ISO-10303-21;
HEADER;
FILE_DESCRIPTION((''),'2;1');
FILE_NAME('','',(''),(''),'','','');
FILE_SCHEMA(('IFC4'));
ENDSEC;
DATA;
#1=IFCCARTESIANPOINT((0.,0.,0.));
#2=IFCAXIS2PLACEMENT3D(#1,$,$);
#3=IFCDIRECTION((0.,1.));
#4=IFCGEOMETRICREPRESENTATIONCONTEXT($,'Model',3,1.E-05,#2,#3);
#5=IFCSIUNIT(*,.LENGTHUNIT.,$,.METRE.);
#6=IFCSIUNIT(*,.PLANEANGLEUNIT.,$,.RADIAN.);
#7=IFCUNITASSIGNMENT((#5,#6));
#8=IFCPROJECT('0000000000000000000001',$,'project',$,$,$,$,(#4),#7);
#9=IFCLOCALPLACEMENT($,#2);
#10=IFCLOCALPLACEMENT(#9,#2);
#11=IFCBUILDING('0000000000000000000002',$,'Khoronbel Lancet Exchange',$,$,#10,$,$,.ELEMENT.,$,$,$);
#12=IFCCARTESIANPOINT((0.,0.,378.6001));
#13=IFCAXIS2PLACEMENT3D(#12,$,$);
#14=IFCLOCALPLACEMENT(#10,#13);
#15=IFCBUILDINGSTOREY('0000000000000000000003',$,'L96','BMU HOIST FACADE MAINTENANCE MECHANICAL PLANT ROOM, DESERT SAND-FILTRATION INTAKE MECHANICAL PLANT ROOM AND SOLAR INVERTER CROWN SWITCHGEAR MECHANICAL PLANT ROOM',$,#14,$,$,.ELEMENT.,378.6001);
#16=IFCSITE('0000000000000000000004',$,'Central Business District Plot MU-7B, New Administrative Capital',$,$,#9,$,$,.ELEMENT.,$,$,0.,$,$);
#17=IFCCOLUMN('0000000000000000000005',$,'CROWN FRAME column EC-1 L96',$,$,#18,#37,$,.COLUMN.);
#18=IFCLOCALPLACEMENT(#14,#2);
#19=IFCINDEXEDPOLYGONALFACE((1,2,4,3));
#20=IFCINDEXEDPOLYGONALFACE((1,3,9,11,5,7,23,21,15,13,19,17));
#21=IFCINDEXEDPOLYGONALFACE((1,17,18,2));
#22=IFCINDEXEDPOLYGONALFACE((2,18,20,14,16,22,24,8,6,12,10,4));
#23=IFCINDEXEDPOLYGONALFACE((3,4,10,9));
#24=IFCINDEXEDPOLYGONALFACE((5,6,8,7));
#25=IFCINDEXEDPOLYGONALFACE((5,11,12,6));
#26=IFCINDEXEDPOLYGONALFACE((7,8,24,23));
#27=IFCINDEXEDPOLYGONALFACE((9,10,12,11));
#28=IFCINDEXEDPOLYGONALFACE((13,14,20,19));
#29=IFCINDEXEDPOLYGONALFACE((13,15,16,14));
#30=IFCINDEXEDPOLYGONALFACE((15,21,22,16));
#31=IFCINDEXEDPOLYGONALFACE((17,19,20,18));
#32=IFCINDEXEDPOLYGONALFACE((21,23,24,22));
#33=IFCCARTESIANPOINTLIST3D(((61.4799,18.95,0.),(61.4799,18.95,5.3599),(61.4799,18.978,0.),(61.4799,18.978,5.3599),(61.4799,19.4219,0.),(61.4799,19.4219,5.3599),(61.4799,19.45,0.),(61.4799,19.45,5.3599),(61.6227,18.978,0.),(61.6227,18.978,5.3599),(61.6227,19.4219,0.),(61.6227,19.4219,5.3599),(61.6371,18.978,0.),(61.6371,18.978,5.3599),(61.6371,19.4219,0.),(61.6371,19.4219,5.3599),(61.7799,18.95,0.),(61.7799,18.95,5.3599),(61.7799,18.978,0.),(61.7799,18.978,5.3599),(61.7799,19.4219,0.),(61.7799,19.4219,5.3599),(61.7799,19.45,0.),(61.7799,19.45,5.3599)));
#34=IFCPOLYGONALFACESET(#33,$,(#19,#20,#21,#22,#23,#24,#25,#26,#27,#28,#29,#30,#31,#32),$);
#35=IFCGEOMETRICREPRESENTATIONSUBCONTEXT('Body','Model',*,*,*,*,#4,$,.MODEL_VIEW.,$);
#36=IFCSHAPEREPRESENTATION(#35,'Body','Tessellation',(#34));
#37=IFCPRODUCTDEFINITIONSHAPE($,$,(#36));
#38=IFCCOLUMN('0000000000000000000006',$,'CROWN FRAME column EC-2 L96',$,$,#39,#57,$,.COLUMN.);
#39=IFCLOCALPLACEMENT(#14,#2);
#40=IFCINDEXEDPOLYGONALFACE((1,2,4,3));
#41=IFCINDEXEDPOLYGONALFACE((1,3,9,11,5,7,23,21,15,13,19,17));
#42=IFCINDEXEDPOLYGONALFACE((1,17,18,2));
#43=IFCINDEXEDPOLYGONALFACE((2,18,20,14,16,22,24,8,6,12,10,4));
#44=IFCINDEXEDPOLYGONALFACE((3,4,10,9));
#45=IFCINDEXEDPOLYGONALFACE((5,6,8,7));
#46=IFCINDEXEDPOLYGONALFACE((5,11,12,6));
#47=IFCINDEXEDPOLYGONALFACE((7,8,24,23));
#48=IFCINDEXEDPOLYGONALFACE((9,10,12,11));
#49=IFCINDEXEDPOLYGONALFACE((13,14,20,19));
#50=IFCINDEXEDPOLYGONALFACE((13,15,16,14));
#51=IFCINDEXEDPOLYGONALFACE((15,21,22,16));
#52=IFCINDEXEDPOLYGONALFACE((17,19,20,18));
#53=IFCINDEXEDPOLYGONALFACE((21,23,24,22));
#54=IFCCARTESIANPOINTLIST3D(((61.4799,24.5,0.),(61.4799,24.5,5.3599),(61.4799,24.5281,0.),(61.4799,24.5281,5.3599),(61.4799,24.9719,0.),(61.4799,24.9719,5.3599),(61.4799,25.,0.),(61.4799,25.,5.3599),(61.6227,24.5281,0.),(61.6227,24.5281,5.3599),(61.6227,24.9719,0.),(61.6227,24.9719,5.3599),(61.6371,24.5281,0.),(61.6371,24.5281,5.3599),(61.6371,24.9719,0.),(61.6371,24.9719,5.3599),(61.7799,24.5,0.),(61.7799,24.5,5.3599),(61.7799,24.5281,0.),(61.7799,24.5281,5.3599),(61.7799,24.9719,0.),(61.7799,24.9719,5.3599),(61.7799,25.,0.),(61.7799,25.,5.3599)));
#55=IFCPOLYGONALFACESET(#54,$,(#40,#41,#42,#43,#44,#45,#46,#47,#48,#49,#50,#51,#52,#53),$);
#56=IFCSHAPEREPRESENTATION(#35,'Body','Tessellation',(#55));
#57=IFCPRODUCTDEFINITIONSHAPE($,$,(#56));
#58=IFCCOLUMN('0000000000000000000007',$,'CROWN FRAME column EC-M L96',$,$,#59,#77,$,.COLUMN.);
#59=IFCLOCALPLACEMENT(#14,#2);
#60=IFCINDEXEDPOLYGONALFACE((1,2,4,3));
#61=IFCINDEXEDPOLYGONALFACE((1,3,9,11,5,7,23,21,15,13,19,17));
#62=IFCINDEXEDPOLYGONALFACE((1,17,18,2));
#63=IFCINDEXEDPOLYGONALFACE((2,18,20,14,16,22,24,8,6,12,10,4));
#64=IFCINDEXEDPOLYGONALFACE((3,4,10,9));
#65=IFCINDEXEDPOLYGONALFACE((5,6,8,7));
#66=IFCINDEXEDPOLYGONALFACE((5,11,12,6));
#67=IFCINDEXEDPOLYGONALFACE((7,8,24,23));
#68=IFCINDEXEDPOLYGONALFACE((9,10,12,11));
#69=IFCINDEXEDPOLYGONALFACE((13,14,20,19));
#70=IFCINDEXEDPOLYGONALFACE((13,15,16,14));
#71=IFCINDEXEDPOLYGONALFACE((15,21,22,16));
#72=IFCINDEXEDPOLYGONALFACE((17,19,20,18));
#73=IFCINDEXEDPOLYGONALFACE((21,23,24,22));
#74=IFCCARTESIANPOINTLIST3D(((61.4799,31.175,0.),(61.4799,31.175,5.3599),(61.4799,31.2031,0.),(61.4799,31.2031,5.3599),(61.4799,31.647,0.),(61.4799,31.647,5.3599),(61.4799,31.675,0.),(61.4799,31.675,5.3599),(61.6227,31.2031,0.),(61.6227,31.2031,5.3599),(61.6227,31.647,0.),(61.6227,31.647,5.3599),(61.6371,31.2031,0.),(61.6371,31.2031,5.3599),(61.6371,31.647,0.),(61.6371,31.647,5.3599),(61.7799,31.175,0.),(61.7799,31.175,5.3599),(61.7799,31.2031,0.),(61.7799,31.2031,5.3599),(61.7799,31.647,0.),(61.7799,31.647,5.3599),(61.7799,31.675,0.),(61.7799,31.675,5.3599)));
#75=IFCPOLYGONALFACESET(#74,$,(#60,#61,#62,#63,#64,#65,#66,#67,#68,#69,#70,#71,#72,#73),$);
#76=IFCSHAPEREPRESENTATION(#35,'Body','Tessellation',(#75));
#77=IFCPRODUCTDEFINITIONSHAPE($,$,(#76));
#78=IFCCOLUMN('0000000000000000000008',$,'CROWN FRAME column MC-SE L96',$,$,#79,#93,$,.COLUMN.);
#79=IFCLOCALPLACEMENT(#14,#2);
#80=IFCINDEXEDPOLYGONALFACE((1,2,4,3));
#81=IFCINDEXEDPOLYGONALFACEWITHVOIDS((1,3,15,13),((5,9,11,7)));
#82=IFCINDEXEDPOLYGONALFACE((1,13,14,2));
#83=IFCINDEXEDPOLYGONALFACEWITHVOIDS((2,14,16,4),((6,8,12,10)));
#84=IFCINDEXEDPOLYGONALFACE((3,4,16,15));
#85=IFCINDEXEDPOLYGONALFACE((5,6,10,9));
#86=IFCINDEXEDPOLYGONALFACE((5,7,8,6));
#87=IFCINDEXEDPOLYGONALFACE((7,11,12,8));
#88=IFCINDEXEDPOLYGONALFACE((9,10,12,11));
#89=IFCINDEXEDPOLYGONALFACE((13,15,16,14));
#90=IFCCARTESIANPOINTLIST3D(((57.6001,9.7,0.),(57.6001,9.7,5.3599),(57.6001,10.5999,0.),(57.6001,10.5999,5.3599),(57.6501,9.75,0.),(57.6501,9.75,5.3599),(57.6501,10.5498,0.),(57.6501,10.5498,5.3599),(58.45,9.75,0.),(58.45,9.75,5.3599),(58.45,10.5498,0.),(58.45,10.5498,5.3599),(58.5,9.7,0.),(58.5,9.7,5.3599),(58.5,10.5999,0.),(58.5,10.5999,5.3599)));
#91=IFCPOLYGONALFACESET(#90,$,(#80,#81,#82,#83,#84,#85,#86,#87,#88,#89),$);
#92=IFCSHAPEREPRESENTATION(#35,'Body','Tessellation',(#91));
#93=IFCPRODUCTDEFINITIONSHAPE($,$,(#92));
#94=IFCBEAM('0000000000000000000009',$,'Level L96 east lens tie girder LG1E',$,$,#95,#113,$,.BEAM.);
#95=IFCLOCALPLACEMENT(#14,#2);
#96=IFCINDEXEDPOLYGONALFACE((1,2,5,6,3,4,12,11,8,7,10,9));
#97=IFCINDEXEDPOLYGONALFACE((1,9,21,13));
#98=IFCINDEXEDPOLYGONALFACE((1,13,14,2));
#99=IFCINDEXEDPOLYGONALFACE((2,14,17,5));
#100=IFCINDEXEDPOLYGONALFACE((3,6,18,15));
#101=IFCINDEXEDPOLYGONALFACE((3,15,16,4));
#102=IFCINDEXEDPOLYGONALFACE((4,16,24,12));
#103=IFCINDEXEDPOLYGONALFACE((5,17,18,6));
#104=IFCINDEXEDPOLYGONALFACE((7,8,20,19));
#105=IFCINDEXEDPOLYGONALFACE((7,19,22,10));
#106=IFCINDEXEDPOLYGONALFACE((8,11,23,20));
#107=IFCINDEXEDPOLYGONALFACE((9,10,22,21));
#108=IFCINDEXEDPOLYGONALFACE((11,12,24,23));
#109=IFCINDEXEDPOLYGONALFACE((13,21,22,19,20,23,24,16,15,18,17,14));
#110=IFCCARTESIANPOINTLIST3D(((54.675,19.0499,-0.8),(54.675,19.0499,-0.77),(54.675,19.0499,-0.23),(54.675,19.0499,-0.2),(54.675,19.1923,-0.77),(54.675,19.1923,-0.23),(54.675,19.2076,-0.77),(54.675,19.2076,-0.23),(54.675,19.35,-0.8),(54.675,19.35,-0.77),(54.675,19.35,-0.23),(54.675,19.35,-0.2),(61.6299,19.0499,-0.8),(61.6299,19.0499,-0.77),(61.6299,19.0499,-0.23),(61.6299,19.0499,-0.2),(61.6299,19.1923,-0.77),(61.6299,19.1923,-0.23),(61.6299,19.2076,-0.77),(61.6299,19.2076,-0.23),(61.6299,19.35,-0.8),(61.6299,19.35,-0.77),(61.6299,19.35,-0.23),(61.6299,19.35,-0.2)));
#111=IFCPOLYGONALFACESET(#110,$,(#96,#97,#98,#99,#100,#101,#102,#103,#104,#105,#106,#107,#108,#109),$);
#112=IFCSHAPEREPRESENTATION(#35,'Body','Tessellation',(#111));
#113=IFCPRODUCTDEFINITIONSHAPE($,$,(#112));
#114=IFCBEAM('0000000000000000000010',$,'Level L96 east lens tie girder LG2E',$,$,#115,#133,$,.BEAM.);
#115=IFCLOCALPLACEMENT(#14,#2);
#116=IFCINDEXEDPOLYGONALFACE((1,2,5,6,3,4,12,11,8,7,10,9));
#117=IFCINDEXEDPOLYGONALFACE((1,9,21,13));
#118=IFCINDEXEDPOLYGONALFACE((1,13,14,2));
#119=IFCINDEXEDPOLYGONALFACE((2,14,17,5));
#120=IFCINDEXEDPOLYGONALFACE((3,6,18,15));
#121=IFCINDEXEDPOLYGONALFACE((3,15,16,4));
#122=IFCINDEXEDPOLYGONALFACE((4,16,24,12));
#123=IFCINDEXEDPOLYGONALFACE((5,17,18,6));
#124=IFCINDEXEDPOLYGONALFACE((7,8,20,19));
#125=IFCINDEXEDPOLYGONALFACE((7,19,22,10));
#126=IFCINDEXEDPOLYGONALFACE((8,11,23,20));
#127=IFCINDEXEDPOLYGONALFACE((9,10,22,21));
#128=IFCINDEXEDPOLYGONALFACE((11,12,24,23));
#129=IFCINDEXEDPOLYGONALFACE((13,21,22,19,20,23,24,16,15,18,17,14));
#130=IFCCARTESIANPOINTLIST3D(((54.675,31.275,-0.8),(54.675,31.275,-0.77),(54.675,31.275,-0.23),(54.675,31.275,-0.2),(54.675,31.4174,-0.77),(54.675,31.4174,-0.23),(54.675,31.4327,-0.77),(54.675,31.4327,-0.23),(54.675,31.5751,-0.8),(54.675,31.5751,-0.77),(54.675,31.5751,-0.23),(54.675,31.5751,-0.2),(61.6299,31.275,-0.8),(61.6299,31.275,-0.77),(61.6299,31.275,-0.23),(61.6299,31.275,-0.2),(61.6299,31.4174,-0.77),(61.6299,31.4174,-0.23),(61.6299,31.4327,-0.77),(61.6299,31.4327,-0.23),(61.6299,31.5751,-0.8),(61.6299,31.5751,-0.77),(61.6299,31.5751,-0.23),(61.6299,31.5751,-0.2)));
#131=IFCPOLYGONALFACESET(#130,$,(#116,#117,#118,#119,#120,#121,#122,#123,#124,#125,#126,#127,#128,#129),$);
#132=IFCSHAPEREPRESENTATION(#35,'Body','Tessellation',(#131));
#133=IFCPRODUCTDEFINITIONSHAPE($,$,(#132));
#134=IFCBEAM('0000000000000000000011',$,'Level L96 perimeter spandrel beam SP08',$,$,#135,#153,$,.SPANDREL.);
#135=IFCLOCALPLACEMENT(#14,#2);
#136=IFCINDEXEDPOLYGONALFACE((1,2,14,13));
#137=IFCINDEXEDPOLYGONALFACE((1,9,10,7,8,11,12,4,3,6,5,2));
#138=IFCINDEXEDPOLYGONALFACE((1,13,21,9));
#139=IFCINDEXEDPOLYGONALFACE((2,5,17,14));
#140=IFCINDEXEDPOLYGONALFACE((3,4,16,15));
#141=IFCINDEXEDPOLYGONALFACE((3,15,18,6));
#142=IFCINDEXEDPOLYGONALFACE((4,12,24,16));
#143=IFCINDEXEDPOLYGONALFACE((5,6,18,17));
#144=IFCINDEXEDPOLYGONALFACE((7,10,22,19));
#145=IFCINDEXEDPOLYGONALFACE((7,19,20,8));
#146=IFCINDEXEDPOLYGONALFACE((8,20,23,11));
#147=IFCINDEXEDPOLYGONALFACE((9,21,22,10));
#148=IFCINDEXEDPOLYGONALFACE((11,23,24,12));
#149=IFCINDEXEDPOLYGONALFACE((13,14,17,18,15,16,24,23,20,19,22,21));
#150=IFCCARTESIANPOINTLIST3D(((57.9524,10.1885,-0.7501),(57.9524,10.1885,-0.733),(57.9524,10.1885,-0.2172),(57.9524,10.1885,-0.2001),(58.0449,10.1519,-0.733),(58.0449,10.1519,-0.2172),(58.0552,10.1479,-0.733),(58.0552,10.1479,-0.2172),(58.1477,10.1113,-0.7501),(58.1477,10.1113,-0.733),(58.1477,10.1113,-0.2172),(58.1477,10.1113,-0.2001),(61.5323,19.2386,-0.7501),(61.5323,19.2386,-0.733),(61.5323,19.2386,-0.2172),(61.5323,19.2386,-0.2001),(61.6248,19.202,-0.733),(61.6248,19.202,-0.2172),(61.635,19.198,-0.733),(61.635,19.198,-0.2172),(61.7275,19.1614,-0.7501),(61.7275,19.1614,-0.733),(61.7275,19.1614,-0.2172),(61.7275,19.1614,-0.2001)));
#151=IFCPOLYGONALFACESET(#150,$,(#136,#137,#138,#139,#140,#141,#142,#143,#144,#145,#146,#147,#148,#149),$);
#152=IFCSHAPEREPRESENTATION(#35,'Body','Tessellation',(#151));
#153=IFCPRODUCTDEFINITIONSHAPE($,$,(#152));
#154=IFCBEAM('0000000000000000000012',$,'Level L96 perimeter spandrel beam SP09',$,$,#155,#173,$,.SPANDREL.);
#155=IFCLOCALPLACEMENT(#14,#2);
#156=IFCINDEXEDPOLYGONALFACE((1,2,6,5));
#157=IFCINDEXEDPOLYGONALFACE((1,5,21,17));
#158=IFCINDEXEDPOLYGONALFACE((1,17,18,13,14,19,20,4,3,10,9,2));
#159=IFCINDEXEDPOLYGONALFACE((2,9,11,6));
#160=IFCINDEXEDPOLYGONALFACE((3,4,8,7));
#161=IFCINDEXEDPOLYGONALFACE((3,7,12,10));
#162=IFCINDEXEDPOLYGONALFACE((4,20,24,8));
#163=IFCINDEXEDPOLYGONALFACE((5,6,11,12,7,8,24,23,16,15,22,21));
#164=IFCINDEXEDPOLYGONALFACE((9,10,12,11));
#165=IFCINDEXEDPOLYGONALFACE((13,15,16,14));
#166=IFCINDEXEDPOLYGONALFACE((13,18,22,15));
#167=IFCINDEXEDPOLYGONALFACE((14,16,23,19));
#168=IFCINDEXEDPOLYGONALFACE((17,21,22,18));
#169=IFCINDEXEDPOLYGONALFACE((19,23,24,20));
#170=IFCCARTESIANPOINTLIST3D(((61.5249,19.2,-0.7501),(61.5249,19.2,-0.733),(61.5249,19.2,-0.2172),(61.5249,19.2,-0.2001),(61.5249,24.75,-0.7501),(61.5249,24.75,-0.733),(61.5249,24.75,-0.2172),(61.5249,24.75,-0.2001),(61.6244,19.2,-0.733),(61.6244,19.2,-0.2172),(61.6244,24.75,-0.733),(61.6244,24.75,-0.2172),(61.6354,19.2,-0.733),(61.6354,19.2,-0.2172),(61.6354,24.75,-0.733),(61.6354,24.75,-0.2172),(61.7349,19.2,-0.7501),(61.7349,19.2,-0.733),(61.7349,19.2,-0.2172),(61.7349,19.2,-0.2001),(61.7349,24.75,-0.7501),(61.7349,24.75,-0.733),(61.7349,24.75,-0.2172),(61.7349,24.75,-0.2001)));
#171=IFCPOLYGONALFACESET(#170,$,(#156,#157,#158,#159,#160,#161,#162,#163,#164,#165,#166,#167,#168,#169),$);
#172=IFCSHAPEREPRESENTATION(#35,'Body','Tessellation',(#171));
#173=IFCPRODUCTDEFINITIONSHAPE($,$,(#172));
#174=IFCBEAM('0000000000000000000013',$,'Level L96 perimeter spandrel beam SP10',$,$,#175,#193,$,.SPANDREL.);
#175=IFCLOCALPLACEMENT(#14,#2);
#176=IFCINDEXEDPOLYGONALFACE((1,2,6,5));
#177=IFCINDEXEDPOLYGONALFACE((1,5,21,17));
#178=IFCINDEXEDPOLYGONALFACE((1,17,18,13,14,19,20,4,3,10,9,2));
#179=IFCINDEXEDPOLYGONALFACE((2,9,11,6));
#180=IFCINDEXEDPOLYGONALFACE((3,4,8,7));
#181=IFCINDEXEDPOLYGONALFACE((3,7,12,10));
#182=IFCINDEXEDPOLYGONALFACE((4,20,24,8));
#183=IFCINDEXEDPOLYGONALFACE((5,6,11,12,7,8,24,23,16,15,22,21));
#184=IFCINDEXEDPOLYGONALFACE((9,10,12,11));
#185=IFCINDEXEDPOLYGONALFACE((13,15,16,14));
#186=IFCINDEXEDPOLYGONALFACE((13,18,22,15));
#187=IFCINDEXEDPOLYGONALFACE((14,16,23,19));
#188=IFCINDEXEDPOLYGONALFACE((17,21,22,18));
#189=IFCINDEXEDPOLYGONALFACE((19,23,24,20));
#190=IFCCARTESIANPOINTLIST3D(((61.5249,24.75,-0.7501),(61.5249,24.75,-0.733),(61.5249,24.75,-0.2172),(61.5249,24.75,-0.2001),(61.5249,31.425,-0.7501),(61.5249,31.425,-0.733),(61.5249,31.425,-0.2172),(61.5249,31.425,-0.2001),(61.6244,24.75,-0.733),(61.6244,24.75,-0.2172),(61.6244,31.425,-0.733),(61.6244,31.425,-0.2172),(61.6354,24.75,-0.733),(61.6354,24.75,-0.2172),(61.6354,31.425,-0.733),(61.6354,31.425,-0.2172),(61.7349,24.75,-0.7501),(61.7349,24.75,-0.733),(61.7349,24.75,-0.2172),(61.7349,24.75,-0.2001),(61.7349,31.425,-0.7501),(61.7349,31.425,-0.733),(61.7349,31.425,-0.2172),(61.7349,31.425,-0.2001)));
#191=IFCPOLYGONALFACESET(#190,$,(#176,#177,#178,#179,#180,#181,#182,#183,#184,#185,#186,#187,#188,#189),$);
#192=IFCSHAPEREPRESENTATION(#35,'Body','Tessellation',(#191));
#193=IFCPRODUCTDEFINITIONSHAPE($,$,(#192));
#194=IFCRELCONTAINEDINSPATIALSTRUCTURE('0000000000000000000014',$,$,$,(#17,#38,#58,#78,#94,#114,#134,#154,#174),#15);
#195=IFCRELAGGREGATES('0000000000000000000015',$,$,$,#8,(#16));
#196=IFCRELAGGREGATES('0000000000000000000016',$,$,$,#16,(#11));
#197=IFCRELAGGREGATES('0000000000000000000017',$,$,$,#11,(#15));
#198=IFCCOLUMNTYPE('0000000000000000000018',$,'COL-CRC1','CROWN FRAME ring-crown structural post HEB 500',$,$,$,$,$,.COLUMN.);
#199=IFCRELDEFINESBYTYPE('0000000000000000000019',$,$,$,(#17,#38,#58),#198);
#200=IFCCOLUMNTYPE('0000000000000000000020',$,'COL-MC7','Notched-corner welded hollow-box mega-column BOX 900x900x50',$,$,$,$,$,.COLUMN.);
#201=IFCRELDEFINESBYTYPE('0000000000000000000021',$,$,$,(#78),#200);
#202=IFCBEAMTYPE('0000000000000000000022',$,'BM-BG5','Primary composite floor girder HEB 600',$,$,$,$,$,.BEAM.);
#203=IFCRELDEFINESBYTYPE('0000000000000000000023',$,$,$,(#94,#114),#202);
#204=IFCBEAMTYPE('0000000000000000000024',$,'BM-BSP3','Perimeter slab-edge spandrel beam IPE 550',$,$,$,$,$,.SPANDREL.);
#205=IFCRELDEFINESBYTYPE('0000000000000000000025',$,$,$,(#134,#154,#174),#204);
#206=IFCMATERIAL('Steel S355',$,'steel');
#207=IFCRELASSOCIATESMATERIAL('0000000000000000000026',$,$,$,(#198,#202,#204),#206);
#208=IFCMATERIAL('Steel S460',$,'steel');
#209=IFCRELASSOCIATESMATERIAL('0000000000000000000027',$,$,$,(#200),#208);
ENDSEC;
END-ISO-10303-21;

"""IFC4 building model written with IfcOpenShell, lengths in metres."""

from ifc_helpers import new_model, si_unit, direction, frame, origin, origin_2d, place, context, subcontext, project, spatial, hollow_rectangle, i_section, extrude, material, material_profile, profile_set, type_object, element, save


model = new_model("IFC4")

# Units and contexts
model_context = context("Model", 3, precision=1e-05, world=origin(), true_north=direction((0.0, 1.0)))
body_context = subcontext(model_context, "Body", "Model", "MODEL_VIEW")
ifc_project = project(units=[si_unit("LENGTHUNIT", "METRE"), si_unit("PLANEANGLEUNIT", "RADIAN")], contexts=[model_context])

# Site, building, storey
site_placement = place(None, origin())
site = spatial("IfcSite", under=ifc_project, at=site_placement, Name="Central Business District Plot MU-7B, New Administrative Capital", CompositionType="ELEMENT", RefElevation=0.0)
building_placement = place(site_placement, origin())
building = spatial("IfcBuilding", under=site, at=building_placement, Name="Khoronbel Lancet Exchange", CompositionType="ELEMENT")
storey_placement = place(building_placement, frame((0.0, 0.0, 378.6001)))
storey = spatial("IfcBuildingStorey", under=building, at=storey_placement, Name="L96", Description="BMU HOIST FACADE MAINTENANCE MECHANICAL PLANT ROOM, DESERT SAND-FILTRATION INTAKE MECHANICAL PLANT ROOM AND SOLAR INVERTER CROWN SWITCHGEAR MECHANICAL PLANT ROOM", CompositionType="ELEMENT", Elevation=378.6001)

# Columns
ifc_material_1 = material(Name="Steel S355", Category="steel")
ifc_material_profile_1 = material_profile(ifc_material_1, i_section(OverallWidth=0.3, OverallDepth=0.5, WebThickness=0.0144, FlangeThickness=0.0281, at=origin_2d()), Name="HEB 500")
ifc_profile_set_1 = profile_set([ifc_material_profile_1], Name="Steel S355")
column_type_1 = type_object("IfcColumnType", Name="COL-CRC1", Description="CROWN FRAME ring-crown structural post HEB 500", PredefinedType="COLUMN", material=ifc_profile_set_1)
for number, where, z_axis, x_axis, name in (
    (1, (61.6299, 19.2, 0.0), (0.0, 0.0, 1.0), (1.0, 0.0, 0.0), "CROWN FRAME column EC-1 L96"),
    (2, (61.6299, 24.75, 0.0), (0.0, 0.0, 1.0), (1.0, 0.0, 0.0), "CROWN FRAME column EC-2 L96"),
    (3, (61.6299, 31.425, 0.0), (0.0, 0.0, 1.0), (1.0, 0.0, 0.0), "CROWN FRAME column EC-M L96"),
):
    element("IfcColumn", number, at=place(storey_placement, frame(where, z_axis=z_axis, x_axis=x_axis)), inside=storey, type_object=column_type_1, Name=name, PredefinedType="COLUMN", context=body_context, shape_type="SweptSolid", body=[
        extrude(i_section(OverallWidth=0.3, OverallDepth=0.5, WebThickness=0.0144, FlangeThickness=0.0281, at=origin_2d()), origin(), (0.0, 0.0, 1.0), 5.3599),
    ])
ifc_material_2 = material(Name="Steel S460", Category="steel")
ifc_material_profile_2 = material_profile(ifc_material_2, hollow_rectangle(XDim=0.8999, YDim=0.8999, WallThickness=0.05, at=origin_2d()), Name="BOX 900x900x50")
ifc_profile_set_2 = profile_set([ifc_material_profile_2], Name="Steel S460")
column_type_2 = type_object("IfcColumnType", Name="COL-MC7", Description="Notched-corner welded hollow-box mega-column BOX 900x900x50", PredefinedType="COLUMN", material=ifc_profile_set_2)
column_placement = place(storey_placement, frame((58.05, 10.1499, 0.0), z_axis=(0.0, 0.0, 1.0), x_axis=(1.0, 0.0, 0.0)))
element("IfcColumn", 4, at=column_placement, inside=storey, type_object=column_type_2, Name="CROWN FRAME column MC-SE L96", PredefinedType="COLUMN", context=body_context, shape_type="SweptSolid", body=[
    extrude(hollow_rectangle(XDim=0.8999, YDim=0.8999, WallThickness=0.05, at=origin_2d()), origin(), (0.0, 0.0, 1.0), 5.3599),
])

# Beams
ifc_material_profile_3 = material_profile(ifc_material_1, i_section(OverallWidth=0.3, OverallDepth=0.6001, WebThickness=0.0154, FlangeThickness=0.03, at=origin_2d()), Name="HEB 600")
ifc_profile_set_3 = profile_set([ifc_material_profile_3], Name="Steel S355")
beam_type_1 = type_object("IfcBeamType", Name="BM-BG5", Description="Primary composite floor girder HEB 600", PredefinedType="BEAM", material=ifc_profile_set_3)
for number, where, z_axis, x_axis, name in (
    (5, (54.675, 19.2, -0.5), (1.0, 0.0, 0.0), (0.0, 1.0, 0.0), "Level L96 east lens tie girder LG1E"),
    (6, (54.675, 31.425, -0.5), (1.0, 0.0, 0.0), (0.0, 1.0, 0.0), "Level L96 east lens tie girder LG2E"),
):
    element("IfcBeam", number, at=place(storey_placement, frame(where, z_axis=z_axis, x_axis=x_axis)), inside=storey, type_object=beam_type_1, Name=name, PredefinedType="BEAM", context=body_context, shape_type="SweptSolid", body=[
        extrude(i_section(OverallWidth=0.3, OverallDepth=0.6001, WebThickness=0.0154, FlangeThickness=0.03, at=origin_2d()), origin(), (0.0, 0.0, 1.0), 6.9548),
    ])
ifc_material_profile_4 = material_profile(ifc_material_1, i_section(OverallWidth=0.21, OverallDepth=0.55, WebThickness=0.011, FlangeThickness=0.0171, at=origin_2d()), Name="IPE 550")
ifc_profile_set_4 = profile_set([ifc_material_profile_4], Name="Steel S355")
beam_type_2 = type_object("IfcBeamType", Name="BM-BSP3", Description="Perimeter slab-edge spandrel beam IPE 550", PredefinedType="SPANDREL", material=ifc_profile_set_4)
beam_1_placement = place(storey_placement, frame((58.05, 10.1499, -0.4751), z_axis=(0.367828, 0.929894, 0.0), x_axis=(-0.929894, 0.367828, 0.0)))
element("IfcBeam", 7, at=beam_1_placement, inside=storey, type_object=beam_type_2, Name="Level L96 perimeter spandrel beam SP08", PredefinedType="SPANDREL", context=body_context, shape_type="SweptSolid", body=[
    extrude(i_section(OverallWidth=0.21, OverallDepth=0.55, WebThickness=0.011, FlangeThickness=0.0171, at=origin_2d()), origin(), (0.0, 0.0, 1.0), 9.7324),
])
beam_2_placement = place(storey_placement, frame((61.6299, 19.2, -0.4751), z_axis=(0.0, 1.0, 0.0), x_axis=(-1.0, 0.0, 0.0)))
element("IfcBeam", 8, at=beam_2_placement, inside=storey, type_object=beam_type_2, Name="Level L96 perimeter spandrel beam SP09", PredefinedType="SPANDREL", context=body_context, shape_type="SweptSolid", body=[
    extrude(i_section(OverallWidth=0.21, OverallDepth=0.55, WebThickness=0.011, FlangeThickness=0.0171, at=origin_2d()), origin(), (0.0, 0.0, 1.0), 5.55),
])
beam_3_placement = place(storey_placement, frame((61.6299, 24.75, -0.4751), z_axis=(0.0, 1.0, 0.0), x_axis=(-1.0, 0.0, 0.0)))
element("IfcBeam", 9, at=beam_3_placement, inside=storey, type_object=beam_type_2, Name="Level L96 perimeter spandrel beam SP10", PredefinedType="SPANDREL", context=body_context, shape_type="SweptSolid", body=[
    extrude(i_section(OverallWidth=0.21, OverallDepth=0.55, WebThickness=0.011, FlangeThickness=0.0171, at=origin_2d()), origin(), (0.0, 0.0, 1.0), 6.675),
])

save(model, "model.ifc")
